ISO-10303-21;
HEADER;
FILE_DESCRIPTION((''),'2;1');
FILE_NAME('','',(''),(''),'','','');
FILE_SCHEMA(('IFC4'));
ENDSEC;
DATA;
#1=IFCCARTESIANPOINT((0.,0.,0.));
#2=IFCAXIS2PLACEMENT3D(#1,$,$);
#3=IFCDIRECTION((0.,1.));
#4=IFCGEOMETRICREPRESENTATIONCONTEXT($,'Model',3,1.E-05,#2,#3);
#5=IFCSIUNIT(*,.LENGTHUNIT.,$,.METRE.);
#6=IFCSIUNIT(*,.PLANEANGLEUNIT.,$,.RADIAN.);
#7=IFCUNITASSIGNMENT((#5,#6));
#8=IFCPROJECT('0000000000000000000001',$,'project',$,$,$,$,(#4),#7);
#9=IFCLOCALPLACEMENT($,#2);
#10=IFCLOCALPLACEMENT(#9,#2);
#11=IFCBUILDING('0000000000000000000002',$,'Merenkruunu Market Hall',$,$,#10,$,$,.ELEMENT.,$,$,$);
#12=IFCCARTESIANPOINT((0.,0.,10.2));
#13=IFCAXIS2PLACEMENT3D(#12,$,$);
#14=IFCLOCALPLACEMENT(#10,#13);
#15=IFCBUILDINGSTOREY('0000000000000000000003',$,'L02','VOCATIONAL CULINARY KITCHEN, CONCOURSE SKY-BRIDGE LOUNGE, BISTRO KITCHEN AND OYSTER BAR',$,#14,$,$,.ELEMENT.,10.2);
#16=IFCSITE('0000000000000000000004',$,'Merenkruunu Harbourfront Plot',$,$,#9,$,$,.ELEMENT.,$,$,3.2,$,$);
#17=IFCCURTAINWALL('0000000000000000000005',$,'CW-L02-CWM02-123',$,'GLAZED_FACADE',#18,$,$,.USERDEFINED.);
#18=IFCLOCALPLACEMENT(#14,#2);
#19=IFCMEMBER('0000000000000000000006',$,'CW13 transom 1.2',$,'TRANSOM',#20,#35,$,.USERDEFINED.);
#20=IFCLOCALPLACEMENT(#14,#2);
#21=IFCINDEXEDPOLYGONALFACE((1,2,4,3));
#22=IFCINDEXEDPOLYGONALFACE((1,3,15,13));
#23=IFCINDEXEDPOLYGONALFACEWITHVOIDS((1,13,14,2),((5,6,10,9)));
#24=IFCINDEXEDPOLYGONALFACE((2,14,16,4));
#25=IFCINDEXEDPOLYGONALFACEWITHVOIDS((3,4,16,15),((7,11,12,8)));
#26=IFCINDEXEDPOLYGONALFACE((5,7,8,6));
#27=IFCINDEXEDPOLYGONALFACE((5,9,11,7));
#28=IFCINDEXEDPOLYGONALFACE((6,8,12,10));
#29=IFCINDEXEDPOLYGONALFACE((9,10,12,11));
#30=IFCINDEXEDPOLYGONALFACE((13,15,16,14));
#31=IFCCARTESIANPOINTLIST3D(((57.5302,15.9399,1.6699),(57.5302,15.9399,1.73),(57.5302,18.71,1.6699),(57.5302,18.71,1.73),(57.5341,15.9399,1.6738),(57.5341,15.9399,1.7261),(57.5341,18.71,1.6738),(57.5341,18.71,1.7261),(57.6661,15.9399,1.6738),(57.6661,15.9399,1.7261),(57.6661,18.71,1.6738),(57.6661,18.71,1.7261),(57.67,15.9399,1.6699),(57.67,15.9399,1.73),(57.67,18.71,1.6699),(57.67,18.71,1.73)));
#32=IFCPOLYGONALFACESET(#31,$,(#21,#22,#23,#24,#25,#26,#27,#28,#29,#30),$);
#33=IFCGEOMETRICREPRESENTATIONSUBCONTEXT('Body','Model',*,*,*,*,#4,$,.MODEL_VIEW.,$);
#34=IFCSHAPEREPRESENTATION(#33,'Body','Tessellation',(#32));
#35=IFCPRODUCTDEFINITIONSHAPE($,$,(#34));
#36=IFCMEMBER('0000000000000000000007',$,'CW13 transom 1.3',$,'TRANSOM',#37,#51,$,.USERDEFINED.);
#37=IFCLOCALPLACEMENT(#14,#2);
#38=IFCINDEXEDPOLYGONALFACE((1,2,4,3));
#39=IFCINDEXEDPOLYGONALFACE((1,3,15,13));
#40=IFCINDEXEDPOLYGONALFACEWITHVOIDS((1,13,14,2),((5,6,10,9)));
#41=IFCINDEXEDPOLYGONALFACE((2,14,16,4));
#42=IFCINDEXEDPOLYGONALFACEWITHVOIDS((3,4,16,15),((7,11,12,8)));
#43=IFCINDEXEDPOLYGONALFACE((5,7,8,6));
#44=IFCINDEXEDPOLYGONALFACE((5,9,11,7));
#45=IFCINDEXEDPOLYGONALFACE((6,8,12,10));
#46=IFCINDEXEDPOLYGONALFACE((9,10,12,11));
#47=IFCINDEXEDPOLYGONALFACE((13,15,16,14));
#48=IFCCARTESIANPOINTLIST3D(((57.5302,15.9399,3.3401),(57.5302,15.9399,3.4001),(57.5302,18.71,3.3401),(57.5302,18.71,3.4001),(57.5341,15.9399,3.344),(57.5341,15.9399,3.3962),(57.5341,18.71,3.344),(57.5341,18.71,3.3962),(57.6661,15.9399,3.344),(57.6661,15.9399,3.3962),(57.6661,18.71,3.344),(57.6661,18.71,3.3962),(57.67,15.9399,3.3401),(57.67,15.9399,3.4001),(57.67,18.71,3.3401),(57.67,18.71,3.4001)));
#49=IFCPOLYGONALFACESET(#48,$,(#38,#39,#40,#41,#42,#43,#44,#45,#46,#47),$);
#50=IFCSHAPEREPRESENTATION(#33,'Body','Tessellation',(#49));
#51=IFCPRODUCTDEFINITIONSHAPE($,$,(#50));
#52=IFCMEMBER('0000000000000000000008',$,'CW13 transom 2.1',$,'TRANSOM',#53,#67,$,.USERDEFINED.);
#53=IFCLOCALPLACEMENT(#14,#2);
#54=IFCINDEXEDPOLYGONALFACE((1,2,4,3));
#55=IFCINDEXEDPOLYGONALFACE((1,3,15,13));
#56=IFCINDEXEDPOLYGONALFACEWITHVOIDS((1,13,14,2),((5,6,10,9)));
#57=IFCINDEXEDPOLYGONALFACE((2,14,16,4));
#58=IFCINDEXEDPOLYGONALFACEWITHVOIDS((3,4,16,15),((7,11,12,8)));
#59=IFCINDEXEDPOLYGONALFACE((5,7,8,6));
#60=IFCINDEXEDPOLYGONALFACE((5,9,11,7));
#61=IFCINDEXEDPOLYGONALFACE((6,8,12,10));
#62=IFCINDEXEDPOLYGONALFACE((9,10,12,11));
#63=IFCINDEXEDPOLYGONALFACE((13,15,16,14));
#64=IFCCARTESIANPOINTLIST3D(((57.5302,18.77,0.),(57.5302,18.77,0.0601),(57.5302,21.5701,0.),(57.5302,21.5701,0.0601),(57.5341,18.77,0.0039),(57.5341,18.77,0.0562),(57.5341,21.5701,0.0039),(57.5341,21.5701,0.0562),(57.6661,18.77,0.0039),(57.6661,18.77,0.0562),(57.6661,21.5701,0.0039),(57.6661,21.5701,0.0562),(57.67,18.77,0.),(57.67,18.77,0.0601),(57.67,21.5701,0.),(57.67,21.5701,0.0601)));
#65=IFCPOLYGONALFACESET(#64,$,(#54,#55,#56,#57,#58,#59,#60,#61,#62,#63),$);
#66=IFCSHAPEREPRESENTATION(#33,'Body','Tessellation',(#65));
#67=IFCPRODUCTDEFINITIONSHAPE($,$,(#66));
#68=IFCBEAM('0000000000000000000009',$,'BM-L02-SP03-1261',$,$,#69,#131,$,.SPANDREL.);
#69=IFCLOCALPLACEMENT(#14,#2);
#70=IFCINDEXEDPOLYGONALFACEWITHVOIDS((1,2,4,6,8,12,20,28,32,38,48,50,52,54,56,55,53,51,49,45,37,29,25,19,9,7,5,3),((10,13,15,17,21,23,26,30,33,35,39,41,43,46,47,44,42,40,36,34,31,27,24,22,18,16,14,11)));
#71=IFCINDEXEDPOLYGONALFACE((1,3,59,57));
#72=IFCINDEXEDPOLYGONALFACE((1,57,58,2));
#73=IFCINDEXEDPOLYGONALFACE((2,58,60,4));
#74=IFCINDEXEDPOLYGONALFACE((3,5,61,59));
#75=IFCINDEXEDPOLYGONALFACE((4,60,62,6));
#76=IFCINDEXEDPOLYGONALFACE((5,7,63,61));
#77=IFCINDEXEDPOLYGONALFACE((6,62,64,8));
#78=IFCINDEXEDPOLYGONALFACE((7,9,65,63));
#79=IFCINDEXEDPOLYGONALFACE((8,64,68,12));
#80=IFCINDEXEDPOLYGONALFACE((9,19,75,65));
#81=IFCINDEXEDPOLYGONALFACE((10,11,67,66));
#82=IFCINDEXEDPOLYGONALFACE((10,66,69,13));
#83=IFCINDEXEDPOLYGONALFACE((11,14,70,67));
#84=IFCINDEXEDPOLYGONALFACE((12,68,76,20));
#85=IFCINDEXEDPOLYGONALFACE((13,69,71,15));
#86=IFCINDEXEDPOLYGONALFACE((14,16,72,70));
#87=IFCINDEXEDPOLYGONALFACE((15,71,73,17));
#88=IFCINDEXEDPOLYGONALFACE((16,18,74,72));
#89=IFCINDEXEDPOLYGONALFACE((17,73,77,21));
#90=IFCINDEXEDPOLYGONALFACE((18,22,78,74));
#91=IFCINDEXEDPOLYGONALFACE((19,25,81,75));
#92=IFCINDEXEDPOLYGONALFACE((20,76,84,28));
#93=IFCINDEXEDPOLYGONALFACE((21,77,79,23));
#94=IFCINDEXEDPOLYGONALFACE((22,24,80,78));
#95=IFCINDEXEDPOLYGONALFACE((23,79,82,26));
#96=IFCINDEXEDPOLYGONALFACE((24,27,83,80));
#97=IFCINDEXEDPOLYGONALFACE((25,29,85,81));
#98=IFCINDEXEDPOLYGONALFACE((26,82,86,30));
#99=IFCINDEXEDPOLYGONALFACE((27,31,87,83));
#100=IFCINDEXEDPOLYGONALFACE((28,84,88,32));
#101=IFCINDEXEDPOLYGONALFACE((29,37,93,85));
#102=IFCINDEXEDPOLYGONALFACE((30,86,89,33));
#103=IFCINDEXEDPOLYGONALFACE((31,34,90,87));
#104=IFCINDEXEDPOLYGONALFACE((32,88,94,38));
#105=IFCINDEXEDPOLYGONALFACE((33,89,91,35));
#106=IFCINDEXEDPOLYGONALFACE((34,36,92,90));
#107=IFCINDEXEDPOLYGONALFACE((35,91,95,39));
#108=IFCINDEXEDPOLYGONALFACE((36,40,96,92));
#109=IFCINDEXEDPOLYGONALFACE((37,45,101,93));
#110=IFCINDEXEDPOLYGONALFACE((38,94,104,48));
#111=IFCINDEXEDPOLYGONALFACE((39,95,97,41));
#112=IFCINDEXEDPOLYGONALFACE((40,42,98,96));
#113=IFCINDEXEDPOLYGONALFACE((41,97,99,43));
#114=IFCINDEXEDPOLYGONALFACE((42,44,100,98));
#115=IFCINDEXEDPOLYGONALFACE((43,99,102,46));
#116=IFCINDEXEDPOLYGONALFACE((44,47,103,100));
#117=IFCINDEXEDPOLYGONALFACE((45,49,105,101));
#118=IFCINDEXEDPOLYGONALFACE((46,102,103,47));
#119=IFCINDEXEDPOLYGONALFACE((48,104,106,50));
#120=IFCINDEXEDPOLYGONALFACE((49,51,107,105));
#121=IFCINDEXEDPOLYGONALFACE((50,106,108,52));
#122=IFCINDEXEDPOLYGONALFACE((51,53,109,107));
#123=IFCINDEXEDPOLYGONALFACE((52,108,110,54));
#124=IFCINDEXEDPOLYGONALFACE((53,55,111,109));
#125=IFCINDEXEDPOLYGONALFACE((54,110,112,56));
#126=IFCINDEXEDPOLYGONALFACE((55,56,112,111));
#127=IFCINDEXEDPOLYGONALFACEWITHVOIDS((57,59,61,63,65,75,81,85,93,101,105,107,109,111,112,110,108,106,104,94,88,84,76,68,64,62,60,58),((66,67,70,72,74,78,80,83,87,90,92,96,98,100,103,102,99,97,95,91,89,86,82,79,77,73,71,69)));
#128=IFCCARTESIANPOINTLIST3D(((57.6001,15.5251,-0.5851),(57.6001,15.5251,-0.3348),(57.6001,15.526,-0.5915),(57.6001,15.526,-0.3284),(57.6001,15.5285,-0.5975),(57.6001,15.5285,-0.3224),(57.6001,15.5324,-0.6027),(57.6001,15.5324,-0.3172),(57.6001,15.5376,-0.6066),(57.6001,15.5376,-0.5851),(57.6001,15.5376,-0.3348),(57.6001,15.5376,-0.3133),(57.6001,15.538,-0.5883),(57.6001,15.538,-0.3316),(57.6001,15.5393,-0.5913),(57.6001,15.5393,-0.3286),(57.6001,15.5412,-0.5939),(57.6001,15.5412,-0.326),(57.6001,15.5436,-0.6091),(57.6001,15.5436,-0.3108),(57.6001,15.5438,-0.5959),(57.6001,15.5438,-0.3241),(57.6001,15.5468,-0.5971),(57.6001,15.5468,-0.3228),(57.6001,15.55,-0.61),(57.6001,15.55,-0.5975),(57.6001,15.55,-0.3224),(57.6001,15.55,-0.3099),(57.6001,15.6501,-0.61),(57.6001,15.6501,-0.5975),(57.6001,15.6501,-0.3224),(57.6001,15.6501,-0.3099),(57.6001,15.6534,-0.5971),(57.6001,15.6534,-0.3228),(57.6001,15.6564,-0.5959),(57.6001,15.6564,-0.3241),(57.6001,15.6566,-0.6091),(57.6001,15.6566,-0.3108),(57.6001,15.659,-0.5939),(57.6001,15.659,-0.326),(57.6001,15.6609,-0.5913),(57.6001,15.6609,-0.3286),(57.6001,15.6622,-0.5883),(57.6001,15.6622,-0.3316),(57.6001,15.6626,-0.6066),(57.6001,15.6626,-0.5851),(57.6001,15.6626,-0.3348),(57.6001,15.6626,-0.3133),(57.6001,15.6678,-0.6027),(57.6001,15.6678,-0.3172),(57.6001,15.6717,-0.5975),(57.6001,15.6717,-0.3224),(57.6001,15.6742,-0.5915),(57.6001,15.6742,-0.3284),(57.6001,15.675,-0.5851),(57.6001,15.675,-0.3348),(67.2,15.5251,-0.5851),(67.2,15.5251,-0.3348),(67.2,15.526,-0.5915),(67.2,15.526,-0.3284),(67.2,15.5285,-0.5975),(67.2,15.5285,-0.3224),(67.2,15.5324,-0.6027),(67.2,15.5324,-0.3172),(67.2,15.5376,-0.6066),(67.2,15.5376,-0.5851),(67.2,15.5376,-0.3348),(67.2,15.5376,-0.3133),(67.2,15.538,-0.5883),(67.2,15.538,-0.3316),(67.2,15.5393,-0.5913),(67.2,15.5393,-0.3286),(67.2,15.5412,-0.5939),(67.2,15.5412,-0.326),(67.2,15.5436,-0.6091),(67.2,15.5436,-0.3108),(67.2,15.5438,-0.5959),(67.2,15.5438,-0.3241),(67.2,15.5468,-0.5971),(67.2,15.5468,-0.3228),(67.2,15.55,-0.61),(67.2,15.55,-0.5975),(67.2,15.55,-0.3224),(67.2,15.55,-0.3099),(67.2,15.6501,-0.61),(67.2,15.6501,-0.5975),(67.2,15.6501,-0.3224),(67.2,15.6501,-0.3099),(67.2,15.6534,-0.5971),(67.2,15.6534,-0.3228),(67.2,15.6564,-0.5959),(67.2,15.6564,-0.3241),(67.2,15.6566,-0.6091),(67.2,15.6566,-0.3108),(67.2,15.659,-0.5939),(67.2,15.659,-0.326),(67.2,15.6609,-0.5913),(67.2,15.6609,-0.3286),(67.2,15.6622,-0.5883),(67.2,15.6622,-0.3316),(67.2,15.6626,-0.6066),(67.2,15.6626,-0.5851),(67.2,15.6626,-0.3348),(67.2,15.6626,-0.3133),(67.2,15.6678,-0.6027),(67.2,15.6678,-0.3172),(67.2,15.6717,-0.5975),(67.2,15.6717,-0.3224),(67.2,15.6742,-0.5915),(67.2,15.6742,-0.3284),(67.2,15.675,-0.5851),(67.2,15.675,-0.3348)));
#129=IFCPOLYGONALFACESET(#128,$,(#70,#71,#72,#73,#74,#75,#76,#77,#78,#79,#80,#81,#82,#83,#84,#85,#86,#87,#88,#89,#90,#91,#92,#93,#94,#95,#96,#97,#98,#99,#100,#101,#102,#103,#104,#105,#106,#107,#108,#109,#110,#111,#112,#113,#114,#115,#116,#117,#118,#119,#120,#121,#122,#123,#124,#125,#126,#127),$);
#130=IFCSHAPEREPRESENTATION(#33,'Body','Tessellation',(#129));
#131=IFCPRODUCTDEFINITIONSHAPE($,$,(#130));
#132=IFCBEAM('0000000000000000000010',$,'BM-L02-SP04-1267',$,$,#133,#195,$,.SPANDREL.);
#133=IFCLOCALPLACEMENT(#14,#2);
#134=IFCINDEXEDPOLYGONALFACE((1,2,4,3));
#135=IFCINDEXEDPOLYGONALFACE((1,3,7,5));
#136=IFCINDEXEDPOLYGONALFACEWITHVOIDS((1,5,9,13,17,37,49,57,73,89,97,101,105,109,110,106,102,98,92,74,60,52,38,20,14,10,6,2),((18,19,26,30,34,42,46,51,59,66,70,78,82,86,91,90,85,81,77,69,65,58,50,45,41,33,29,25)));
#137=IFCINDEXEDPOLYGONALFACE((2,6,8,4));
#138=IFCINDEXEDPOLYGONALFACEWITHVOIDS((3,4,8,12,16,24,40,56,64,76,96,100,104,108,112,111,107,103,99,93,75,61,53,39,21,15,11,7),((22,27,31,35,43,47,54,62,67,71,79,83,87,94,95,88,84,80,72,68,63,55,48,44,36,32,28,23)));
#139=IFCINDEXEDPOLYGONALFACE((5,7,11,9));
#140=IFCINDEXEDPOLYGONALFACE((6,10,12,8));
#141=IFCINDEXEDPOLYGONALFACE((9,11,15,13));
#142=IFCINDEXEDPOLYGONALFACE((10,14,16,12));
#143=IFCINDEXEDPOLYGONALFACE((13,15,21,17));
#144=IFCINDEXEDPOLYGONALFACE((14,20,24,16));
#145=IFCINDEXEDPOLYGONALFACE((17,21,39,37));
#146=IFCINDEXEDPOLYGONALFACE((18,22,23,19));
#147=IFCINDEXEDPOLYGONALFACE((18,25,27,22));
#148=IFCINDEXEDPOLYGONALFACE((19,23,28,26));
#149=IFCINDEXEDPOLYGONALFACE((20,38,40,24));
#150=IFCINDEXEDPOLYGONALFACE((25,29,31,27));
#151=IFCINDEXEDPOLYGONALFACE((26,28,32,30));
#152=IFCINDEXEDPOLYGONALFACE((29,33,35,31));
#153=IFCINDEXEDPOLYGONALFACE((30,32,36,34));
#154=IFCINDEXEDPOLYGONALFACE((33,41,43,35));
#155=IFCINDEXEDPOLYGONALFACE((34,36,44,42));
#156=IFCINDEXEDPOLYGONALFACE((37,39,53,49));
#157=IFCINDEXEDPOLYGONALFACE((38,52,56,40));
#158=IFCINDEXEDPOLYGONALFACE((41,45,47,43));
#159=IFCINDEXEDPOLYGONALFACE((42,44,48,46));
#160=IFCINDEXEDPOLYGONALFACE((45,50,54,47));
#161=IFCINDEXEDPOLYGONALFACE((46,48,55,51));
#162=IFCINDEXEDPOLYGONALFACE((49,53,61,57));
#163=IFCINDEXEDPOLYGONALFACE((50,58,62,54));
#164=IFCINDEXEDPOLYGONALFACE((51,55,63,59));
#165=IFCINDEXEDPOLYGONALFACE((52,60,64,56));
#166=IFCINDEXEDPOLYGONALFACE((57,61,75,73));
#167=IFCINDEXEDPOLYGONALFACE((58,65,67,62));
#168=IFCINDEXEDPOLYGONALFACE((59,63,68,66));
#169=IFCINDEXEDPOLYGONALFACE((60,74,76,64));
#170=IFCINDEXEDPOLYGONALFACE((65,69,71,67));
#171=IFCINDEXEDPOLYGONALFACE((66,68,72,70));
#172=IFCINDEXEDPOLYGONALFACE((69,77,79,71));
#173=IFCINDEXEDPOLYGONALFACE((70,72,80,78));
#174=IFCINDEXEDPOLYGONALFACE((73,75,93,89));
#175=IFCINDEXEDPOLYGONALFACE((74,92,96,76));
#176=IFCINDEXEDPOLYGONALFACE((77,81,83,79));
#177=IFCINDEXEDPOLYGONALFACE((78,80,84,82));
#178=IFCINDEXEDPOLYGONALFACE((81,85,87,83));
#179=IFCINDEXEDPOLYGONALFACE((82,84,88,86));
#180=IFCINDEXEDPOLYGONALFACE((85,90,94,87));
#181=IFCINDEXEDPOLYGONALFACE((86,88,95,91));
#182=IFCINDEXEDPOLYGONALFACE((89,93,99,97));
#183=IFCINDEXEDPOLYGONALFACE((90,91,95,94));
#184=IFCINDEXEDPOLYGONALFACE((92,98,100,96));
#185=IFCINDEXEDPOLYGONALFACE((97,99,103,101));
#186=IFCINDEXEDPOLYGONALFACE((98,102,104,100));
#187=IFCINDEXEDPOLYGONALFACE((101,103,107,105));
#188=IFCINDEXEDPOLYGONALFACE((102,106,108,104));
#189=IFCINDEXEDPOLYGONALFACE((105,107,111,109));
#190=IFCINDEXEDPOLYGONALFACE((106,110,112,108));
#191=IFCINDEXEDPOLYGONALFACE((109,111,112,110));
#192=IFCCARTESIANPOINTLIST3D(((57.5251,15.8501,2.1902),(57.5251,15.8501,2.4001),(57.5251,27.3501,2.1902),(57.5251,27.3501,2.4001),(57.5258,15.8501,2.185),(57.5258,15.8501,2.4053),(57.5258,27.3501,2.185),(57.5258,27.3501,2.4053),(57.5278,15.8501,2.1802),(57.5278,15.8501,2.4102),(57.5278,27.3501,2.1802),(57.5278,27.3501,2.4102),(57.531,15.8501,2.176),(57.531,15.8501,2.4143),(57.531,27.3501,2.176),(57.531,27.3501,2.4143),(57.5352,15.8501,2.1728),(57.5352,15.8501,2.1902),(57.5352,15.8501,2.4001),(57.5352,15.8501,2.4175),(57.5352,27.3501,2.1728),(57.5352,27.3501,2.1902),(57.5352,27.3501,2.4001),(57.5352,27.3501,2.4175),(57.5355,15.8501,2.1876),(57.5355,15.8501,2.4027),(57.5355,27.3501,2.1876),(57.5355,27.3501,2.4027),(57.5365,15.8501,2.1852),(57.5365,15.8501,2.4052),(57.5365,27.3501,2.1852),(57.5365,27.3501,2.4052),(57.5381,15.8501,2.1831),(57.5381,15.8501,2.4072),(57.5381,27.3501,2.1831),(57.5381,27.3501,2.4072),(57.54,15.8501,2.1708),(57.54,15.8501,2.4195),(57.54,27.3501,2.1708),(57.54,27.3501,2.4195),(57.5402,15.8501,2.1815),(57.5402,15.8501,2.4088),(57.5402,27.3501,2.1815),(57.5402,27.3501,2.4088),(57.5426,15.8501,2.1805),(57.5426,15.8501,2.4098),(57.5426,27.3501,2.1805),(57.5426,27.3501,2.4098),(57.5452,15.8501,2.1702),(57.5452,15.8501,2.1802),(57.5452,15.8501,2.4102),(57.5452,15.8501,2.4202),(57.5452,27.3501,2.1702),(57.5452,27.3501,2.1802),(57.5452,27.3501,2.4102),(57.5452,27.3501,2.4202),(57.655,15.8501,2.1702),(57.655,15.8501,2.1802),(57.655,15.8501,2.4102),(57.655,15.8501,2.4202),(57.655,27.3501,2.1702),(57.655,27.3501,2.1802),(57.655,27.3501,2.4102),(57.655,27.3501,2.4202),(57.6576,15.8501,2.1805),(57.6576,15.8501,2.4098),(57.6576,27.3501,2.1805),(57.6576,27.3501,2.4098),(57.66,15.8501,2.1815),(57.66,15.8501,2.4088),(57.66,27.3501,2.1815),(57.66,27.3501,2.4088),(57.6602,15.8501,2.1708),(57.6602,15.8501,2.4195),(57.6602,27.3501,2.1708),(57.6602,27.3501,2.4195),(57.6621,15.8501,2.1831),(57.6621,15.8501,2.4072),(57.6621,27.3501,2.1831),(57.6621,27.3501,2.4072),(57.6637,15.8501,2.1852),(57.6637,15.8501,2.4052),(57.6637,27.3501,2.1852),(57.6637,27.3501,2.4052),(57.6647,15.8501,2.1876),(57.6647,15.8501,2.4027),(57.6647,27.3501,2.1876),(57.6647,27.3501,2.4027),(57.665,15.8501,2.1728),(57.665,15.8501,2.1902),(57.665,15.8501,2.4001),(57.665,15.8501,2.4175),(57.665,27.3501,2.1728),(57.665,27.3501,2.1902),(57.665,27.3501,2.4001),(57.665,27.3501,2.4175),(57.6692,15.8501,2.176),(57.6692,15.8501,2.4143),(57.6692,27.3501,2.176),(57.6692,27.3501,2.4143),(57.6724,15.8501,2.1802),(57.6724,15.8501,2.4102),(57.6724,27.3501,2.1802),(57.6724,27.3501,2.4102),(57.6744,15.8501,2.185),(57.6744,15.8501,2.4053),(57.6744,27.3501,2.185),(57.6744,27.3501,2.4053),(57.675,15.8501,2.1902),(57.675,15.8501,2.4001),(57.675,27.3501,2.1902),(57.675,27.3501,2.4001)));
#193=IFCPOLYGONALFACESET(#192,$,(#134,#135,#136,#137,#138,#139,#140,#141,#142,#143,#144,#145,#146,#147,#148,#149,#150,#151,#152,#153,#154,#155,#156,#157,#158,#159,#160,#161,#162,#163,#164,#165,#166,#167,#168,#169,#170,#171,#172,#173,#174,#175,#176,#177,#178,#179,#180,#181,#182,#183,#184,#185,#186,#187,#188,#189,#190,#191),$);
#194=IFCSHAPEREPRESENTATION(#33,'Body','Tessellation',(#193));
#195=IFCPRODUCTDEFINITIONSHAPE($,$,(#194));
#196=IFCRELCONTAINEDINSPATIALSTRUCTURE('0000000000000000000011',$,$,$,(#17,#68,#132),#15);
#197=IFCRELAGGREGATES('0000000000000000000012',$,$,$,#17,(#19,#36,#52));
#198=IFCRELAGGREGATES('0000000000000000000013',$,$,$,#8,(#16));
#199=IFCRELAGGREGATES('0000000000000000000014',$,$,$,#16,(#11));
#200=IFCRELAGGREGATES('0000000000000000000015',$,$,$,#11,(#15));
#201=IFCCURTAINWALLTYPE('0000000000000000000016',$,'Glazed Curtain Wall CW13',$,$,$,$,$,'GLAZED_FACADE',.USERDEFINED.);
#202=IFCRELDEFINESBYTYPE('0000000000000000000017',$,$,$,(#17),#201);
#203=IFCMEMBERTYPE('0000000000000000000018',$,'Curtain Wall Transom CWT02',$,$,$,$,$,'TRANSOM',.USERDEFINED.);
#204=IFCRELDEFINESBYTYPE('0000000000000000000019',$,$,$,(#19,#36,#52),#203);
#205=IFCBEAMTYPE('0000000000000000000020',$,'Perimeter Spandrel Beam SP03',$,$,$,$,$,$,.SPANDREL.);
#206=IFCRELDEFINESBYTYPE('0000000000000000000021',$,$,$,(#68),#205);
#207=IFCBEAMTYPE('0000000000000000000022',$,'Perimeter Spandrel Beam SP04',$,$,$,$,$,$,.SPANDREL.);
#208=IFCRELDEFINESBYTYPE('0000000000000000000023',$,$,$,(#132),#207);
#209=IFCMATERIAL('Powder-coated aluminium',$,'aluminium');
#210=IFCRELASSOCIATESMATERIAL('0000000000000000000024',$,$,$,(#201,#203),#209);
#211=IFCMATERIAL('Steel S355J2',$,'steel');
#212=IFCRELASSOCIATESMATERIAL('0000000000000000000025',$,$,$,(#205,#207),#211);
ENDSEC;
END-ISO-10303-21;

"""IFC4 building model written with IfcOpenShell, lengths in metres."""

from ifc_helpers import new_model, si_unit, direction, frame, origin, origin_2d, place, context, subcontext, project, spatial, hollow_rectangle, extrude, material, material_profile, profile_set, type_object, element, aggregate, save


model = new_model("IFC4")

# Units and contexts
model_context = context("Model", 3, precision=1e-05, world=origin(), true_north=direction((0.0, 1.0)))
body_context = subcontext(model_context, "Body", "Model", "MODEL_VIEW")
ifc_project = project(units=[si_unit("LENGTHUNIT", "METRE"), si_unit("PLANEANGLEUNIT", "RADIAN")], contexts=[model_context])

# Site, building, storey
site_placement = place(None, origin())
site = spatial("IfcSite", under=ifc_project, at=site_placement, Name="Merenkruunu Harbourfront Plot", CompositionType="ELEMENT", RefElevation=3.2)
building_placement = place(site_placement, origin())
building = spatial("IfcBuilding", under=site, at=building_placement, Name="Merenkruunu Market Hall", CompositionType="ELEMENT")
storey_placement = place(building_placement, frame((0.0, 0.0, 10.2)))
storey = spatial("IfcBuildingStorey", under=building, at=storey_placement, Name="L02", Description="VOCATIONAL CULINARY KITCHEN, CONCOURSE SKY-BRIDGE LOUNGE, BISTRO KITCHEN AND OYSTER BAR", CompositionType="ELEMENT", Elevation=10.2)

# Shared definitions
ifc_material_1 = material(Name="Powder-coated aluminium", Category="aluminium")

# Curtain wall
curtain_wall_type_1 = type_object("IfcCurtainWallType", Name="Glazed Curtain Wall CW13", ElementType="GLAZED_FACADE", PredefinedType="USERDEFINED", material=ifc_material_1)
curtain_wall_1_placement = place(storey_placement, origin())
curtain_wall_1 = element("IfcCurtainWall", 1, at=curtain_wall_1_placement, inside=storey, type_object=curtain_wall_type_1, Name="CW-L02-CWM02-123", ObjectType="GLAZED_FACADE", PredefinedType="USERDEFINED")

# Members
ifc_material_profile_1 = material_profile(ifc_material_1, hollow_rectangle(XDim=0.0601, YDim=0.1399, WallThickness=0.0039, at=origin_2d()), Name="ALU 60x140x4")
ifc_profile_set_1 = profile_set([ifc_material_profile_1], Name="Powder-coated aluminium")
member_type_1 = type_object("IfcMemberType", Name="Curtain Wall Transom CWT02", ElementType="TRANSOM", PredefinedType="USERDEFINED", material=ifc_profile_set_1)
member_1_placement = place(storey_placement, frame((57.6001, 15.9399, 1.7), z_axis=(0.0, 1.0, 0.0), x_axis=(0.0, 0.0, 1.0)))
member_1 = element("IfcMember", 2, at=member_1_placement, type_object=member_type_1, Name="CW13 transom 1.2", ObjectType="TRANSOM", PredefinedType="USERDEFINED", context=body_context, shape_type="SweptSolid", body=[
    extrude(hollow_rectangle(XDim=0.0601, YDim=0.1399, WallThickness=0.0039, at=origin_2d()), origin(), (0.0, 0.0, 1.0), 2.77),
])
member_2_placement = place(storey_placement, frame((57.6001, 15.9399, 3.3701), z_axis=(0.0, 1.0, 0.0), x_axis=(0.0, 0.0, 1.0)))
member_2 = element("IfcMember", 3, at=member_2_placement, type_object=member_type_1, Name="CW13 transom 1.3", ObjectType="TRANSOM", PredefinedType="USERDEFINED", context=body_context, shape_type="SweptSolid", body=[
    extrude(hollow_rectangle(XDim=0.0601, YDim=0.1399, WallThickness=0.0039, at=origin_2d()), origin(), (0.0, 0.0, 1.0), 2.77),
])
member_3_placement = place(storey_placement, frame((57.6001, 18.77, 0.03), z_axis=(0.0, 1.0, 0.0), x_axis=(0.0, 0.0, 1.0)))
member_3 = element("IfcMember", 4, at=member_3_placement, type_object=member_type_1, Name="CW13 transom 2.1", ObjectType="TRANSOM", PredefinedType="USERDEFINED", context=body_context, shape_type="SweptSolid", body=[
    extrude(hollow_rectangle(XDim=0.0601, YDim=0.1399, WallThickness=0.0039, at=origin_2d()), origin(), (0.0, 0.0, 1.0), 2.8),
])

# Beams
ifc_material_2 = material(Name="Steel S355J2", Category="steel")
ifc_material_profile_2 = material_profile(ifc_material_2, hollow_rectangle(XDim=0.1499, YDim=0.3, WallThickness=0.0125, InnerFilletRadius=0.0125, OuterFilletRadius=0.0249, at=origin_2d()), Name="RHS 300x150x12.5")
ifc_profile_set_2 = profile_set([ifc_material_profile_2], Name="Steel S355J2")
beam_type_1 = type_object("IfcBeamType", Name="Perimeter Spandrel Beam SP03", PredefinedType="SPANDREL", material=ifc_profile_set_2)
beam_1_placement = place(storey_placement, frame((57.6001, 15.6001, -0.46), z_axis=(1.0, 0.0, 0.0), x_axis=(0.0, 1.0, 0.0)))
element("IfcBeam", 5, at=beam_1_placement, inside=storey, type_object=beam_type_1, Name="BM-L02-SP03-1261", PredefinedType="SPANDREL", context=body_context, shape_type="SweptSolid", body=[
    extrude(hollow_rectangle(XDim=0.1499, YDim=0.3, WallThickness=0.0125, InnerFilletRadius=0.0125, OuterFilletRadius=0.0249, at=origin_2d()), origin(), (0.0, 0.0, 1.0), 9.5999),
])
ifc_material_profile_3 = material_profile(ifc_material_2, hollow_rectangle(XDim=0.1499, YDim=0.25, WallThickness=0.01, InnerFilletRadius=0.01, OuterFilletRadius=0.02, at=origin_2d()), Name="RHS 250x150x10")
ifc_profile_set_3 = profile_set([ifc_material_profile_3], Name="Steel S355J2")
beam_type_2 = type_object("IfcBeamType", Name="Perimeter Spandrel Beam SP04", PredefinedType="SPANDREL", material=ifc_profile_set_3)
beam_2_placement = place(storey_placement, frame((57.6001, 15.8501, 2.2952), z_axis=(0.0, 1.0, 0.0), x_axis=(-1.0, 0.0, 0.0)))
element("IfcBeam", 6, at=beam_2_placement, inside=storey, type_object=beam_type_2, Name="BM-L02-SP04-1267", PredefinedType="SPANDREL", context=body_context, shape_type="SweptSolid", body=[
    extrude(hollow_rectangle(XDim=0.1499, YDim=0.25, WallThickness=0.01, InnerFilletRadius=0.01, OuterFilletRadius=0.02, at=origin_2d()), origin(), (0.0, 0.0, 1.0), 11.5),
])

aggregate(curtain_wall_1, [member_1, member_2, member_3])

save(model, "model.ifc")
